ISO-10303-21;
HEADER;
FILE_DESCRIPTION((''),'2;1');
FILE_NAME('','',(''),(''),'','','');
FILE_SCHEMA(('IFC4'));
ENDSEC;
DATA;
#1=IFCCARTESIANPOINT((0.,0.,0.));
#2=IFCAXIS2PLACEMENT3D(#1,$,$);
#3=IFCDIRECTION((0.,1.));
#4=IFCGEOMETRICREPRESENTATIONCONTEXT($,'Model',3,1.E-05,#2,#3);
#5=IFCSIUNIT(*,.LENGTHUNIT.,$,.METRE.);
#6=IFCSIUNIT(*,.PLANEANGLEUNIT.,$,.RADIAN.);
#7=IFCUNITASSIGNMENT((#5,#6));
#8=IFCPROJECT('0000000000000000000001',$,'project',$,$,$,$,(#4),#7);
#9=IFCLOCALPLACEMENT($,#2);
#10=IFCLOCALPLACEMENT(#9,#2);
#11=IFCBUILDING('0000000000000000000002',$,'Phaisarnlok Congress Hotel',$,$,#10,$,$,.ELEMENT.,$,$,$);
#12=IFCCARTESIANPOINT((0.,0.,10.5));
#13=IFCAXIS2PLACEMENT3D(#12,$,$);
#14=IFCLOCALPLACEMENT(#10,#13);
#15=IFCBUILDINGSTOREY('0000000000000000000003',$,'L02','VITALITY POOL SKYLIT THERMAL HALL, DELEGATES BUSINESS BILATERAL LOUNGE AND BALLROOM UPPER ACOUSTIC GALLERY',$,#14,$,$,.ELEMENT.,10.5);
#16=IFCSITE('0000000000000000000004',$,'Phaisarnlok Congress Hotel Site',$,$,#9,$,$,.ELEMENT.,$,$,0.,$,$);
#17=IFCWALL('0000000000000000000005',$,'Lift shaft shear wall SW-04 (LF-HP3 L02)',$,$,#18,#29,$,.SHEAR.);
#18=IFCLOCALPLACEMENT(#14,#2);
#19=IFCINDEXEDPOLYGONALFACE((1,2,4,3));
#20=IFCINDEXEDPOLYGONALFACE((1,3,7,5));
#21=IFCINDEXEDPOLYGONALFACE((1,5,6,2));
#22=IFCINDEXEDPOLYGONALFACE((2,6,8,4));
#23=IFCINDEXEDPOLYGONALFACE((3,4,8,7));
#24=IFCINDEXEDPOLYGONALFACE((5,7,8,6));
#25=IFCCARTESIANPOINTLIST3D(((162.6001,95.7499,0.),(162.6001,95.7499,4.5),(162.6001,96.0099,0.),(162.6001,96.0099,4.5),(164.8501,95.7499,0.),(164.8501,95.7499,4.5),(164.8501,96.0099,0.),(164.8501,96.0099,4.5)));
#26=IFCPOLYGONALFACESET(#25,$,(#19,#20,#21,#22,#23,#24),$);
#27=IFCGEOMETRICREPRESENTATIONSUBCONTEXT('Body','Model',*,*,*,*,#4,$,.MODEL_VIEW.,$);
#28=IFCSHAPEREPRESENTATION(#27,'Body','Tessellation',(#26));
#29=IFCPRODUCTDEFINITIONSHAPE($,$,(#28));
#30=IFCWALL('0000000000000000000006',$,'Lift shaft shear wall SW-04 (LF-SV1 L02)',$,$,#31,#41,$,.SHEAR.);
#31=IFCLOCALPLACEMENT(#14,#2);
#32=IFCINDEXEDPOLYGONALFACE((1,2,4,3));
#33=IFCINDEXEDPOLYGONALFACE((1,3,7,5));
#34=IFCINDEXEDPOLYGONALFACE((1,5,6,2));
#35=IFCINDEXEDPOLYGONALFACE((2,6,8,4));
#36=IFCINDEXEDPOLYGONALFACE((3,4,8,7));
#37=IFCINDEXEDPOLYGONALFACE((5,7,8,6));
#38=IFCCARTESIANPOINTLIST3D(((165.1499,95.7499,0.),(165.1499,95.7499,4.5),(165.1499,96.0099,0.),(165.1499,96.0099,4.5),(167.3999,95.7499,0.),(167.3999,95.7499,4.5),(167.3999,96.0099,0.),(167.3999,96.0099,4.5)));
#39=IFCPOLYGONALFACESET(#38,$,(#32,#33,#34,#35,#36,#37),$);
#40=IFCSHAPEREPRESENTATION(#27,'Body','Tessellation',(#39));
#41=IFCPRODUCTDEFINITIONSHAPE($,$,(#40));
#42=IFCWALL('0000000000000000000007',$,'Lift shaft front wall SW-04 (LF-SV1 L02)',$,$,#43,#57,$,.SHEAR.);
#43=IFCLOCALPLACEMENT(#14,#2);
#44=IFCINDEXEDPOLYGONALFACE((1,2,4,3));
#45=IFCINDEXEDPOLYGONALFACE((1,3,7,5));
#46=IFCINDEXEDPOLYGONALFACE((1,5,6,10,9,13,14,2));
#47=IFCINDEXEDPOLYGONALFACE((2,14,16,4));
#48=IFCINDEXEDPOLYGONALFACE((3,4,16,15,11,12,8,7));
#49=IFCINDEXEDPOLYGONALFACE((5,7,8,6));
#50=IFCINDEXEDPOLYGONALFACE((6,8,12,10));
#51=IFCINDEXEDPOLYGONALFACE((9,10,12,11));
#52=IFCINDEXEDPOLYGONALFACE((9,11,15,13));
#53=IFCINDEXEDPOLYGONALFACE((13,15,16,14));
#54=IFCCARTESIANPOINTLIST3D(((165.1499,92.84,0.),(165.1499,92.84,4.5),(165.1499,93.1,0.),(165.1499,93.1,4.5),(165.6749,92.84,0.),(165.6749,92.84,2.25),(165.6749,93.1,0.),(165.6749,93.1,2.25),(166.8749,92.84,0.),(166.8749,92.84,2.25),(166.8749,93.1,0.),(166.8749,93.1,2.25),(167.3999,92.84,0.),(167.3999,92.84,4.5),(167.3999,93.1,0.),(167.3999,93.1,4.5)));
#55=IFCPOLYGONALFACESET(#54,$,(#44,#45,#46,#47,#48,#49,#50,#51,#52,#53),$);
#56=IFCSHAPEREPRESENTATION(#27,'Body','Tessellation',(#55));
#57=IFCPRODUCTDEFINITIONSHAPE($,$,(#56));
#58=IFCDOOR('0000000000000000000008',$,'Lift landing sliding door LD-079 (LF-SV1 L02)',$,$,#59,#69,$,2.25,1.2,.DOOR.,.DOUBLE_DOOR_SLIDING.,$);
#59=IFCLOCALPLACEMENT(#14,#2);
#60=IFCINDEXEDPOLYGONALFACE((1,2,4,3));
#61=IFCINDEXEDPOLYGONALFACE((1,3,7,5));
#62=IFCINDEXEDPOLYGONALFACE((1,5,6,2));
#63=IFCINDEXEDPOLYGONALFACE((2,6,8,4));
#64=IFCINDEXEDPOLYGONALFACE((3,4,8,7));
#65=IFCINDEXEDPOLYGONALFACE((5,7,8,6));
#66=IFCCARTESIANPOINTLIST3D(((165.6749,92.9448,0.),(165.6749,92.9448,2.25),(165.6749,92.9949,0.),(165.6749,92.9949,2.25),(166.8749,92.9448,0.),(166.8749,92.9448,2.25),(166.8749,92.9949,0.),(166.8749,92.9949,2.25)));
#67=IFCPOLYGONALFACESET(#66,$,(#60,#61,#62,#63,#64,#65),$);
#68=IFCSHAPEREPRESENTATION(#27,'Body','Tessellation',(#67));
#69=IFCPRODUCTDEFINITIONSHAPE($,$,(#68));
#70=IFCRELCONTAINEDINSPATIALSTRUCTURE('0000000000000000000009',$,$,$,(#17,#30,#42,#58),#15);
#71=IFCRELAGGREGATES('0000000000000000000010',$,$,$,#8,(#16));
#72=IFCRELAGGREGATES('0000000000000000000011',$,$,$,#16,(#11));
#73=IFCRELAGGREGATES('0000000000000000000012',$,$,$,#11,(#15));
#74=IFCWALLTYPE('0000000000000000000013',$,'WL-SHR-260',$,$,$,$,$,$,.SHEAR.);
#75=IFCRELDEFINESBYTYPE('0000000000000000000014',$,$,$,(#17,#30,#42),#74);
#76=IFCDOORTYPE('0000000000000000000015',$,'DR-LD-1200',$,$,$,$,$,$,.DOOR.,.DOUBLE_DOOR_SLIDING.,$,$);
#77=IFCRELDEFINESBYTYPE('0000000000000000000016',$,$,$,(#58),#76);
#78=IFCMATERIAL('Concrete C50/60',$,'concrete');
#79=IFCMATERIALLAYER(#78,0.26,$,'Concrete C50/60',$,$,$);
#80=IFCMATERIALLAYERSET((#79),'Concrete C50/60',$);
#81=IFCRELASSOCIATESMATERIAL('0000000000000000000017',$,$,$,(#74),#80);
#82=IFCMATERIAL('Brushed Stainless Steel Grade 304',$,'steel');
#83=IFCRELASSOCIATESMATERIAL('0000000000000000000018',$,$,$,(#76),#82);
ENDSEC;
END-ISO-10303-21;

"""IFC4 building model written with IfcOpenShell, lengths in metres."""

from ifc_helpers import new_model, si_unit, direction, frame, frame_2d, origin, place, context, subcontext, project, spatial, rectangle, extrude, material, layer, layer_set, type_object, element, fill, save


model = new_model("IFC4")

# Units and contexts
model_context = context("Model", 3, precision=1e-05, world=origin(), true_north=direction((0.0, 1.0)))
body_context = subcontext(model_context, "Body", "Model", "MODEL_VIEW")
ifc_project = project(units=[si_unit("LENGTHUNIT", "METRE"), si_unit("PLANEANGLEUNIT", "RADIAN")], contexts=[model_context])

# Site, building, storey
site_placement = place(None, origin())
site = spatial("IfcSite", under=ifc_project, at=site_placement, Name="Phaisarnlok Congress Hotel Site", CompositionType="ELEMENT", RefElevation=0.0)
building_placement = place(site_placement, origin())
building = spatial("IfcBuilding", under=site, at=building_placement, Name="Phaisarnlok Congress Hotel", CompositionType="ELEMENT")
storey_placement = place(building_placement, frame((0.0, 0.0, 10.5)))
storey = spatial("IfcBuildingStorey", under=building, at=storey_placement, Name="L02", Description="VITALITY POOL SKYLIT THERMAL HALL, DELEGATES BUSINESS BILATERAL LOUNGE AND BALLROOM UPPER ACOUSTIC GALLERY", CompositionType="ELEMENT", Elevation=10.5)

# Shared definitions
ifc_material_1 = material(Name="Concrete C50/60", Category="concrete")

# Walls
ifc_layer_1 = layer(ifc_material_1, 0.26, Name="Concrete C50/60")
ifc_layer_set_1 = layer_set([ifc_layer_1], Name="Concrete C50/60")
wall_type_1 = type_object("IfcWallType", Name="WL-SHR-260", PredefinedType="SHEAR", material=ifc_layer_set_1)
for number, where, z_axis, x_axis, name in (
    (1, (162.6001, 95.8799, 0.0), (0.0, 0.0, 1.0), (1.0, 0.0, 0.0), "Lift shaft shear wall SW-04 (LF-HP3 L02)"),
    (2, (165.1499, 95.8799, 0.0), (0.0, 0.0, 1.0), (1.0, 0.0, 0.0), "Lift shaft shear wall SW-04 (LF-SV1 L02)"),
):
    element("IfcWall", number, at=place(storey_placement, frame(where, z_axis=z_axis, x_axis=x_axis)), inside=storey, type_object=wall_type_1, Name=name, PredefinedType="SHEAR", context=body_context, shape_type="SweptSolid", body=[
        extrude(rectangle(XDim=2.25, YDim=0.26, at=frame_2d((1.125, 0.0))), origin(), (0.0, 0.0, 1.0), 4.5),
    ])

# Wall, opening, door
wall_1_placement = place(storey_placement, frame((165.1499, 92.97, 0.0), z_axis=(0.0, 0.0, 1.0), x_axis=(1.0, 0.0, 0.0)))
wall_1 = element("IfcWall", 3, at=wall_1_placement, inside=storey, type_object=wall_type_1, Name="Lift shaft front wall SW-04 (LF-SV1 L02)", PredefinedType="SHEAR", context=body_context, shape_type="SweptSolid", body=[
    extrude(rectangle(XDim=2.25, YDim=0.26, at=frame_2d((1.125, 0.0))), origin(), (0.0, 0.0, 1.0), 4.5),
])
opening_placement = place(wall_1_placement, frame((0.5249, 0.0, 0.0)))
opening = element("IfcOpeningElement", 4, at=opening_placement, cuts=wall_1, PredefinedType="OPENING", context=body_context, shape_type="SweptSolid", body=[
    extrude(rectangle(XDim=1.2, YDim=2.25, at=frame_2d((0.6001, 1.125))), frame((0.0, 0.1401, 0.0), z_axis=(0.0, -1.0, 0.0), x_axis=(1.0, 0.0, 0.0)), (0.0, 0.0, 1.0), 0.28),
])
ifc_material_2 = material(Name="Brushed Stainless Steel Grade 304", Category="steel")
door_type = type_object("IfcDoorType", Name="DR-LD-1200", OperationType="DOUBLE_DOOR_SLIDING", PredefinedType="DOOR", material=ifc_material_2)
door_placement = place(opening_placement, origin())
door = element("IfcDoor", 5, at=door_placement, inside=storey, type_object=door_type, Name="Lift landing sliding door LD-079 (LF-SV1 L02)", OperationType="DOUBLE_DOOR_SLIDING", OverallHeight=2.25, OverallWidth=1.2, PredefinedType="DOOR", context=body_context, shape_type="SweptSolid", body=[
    extrude(rectangle(XDim=1.2, YDim=2.25, at=frame_2d((0.6001, 1.125))), frame((0.0, 0.0249, 0.0), z_axis=(0.0, -1.0, 0.0), x_axis=(1.0, 0.0, 0.0)), (0.0, 0.0, 1.0), 0.05),
])
fill(opening, door)

save(model, "model.ifc")
